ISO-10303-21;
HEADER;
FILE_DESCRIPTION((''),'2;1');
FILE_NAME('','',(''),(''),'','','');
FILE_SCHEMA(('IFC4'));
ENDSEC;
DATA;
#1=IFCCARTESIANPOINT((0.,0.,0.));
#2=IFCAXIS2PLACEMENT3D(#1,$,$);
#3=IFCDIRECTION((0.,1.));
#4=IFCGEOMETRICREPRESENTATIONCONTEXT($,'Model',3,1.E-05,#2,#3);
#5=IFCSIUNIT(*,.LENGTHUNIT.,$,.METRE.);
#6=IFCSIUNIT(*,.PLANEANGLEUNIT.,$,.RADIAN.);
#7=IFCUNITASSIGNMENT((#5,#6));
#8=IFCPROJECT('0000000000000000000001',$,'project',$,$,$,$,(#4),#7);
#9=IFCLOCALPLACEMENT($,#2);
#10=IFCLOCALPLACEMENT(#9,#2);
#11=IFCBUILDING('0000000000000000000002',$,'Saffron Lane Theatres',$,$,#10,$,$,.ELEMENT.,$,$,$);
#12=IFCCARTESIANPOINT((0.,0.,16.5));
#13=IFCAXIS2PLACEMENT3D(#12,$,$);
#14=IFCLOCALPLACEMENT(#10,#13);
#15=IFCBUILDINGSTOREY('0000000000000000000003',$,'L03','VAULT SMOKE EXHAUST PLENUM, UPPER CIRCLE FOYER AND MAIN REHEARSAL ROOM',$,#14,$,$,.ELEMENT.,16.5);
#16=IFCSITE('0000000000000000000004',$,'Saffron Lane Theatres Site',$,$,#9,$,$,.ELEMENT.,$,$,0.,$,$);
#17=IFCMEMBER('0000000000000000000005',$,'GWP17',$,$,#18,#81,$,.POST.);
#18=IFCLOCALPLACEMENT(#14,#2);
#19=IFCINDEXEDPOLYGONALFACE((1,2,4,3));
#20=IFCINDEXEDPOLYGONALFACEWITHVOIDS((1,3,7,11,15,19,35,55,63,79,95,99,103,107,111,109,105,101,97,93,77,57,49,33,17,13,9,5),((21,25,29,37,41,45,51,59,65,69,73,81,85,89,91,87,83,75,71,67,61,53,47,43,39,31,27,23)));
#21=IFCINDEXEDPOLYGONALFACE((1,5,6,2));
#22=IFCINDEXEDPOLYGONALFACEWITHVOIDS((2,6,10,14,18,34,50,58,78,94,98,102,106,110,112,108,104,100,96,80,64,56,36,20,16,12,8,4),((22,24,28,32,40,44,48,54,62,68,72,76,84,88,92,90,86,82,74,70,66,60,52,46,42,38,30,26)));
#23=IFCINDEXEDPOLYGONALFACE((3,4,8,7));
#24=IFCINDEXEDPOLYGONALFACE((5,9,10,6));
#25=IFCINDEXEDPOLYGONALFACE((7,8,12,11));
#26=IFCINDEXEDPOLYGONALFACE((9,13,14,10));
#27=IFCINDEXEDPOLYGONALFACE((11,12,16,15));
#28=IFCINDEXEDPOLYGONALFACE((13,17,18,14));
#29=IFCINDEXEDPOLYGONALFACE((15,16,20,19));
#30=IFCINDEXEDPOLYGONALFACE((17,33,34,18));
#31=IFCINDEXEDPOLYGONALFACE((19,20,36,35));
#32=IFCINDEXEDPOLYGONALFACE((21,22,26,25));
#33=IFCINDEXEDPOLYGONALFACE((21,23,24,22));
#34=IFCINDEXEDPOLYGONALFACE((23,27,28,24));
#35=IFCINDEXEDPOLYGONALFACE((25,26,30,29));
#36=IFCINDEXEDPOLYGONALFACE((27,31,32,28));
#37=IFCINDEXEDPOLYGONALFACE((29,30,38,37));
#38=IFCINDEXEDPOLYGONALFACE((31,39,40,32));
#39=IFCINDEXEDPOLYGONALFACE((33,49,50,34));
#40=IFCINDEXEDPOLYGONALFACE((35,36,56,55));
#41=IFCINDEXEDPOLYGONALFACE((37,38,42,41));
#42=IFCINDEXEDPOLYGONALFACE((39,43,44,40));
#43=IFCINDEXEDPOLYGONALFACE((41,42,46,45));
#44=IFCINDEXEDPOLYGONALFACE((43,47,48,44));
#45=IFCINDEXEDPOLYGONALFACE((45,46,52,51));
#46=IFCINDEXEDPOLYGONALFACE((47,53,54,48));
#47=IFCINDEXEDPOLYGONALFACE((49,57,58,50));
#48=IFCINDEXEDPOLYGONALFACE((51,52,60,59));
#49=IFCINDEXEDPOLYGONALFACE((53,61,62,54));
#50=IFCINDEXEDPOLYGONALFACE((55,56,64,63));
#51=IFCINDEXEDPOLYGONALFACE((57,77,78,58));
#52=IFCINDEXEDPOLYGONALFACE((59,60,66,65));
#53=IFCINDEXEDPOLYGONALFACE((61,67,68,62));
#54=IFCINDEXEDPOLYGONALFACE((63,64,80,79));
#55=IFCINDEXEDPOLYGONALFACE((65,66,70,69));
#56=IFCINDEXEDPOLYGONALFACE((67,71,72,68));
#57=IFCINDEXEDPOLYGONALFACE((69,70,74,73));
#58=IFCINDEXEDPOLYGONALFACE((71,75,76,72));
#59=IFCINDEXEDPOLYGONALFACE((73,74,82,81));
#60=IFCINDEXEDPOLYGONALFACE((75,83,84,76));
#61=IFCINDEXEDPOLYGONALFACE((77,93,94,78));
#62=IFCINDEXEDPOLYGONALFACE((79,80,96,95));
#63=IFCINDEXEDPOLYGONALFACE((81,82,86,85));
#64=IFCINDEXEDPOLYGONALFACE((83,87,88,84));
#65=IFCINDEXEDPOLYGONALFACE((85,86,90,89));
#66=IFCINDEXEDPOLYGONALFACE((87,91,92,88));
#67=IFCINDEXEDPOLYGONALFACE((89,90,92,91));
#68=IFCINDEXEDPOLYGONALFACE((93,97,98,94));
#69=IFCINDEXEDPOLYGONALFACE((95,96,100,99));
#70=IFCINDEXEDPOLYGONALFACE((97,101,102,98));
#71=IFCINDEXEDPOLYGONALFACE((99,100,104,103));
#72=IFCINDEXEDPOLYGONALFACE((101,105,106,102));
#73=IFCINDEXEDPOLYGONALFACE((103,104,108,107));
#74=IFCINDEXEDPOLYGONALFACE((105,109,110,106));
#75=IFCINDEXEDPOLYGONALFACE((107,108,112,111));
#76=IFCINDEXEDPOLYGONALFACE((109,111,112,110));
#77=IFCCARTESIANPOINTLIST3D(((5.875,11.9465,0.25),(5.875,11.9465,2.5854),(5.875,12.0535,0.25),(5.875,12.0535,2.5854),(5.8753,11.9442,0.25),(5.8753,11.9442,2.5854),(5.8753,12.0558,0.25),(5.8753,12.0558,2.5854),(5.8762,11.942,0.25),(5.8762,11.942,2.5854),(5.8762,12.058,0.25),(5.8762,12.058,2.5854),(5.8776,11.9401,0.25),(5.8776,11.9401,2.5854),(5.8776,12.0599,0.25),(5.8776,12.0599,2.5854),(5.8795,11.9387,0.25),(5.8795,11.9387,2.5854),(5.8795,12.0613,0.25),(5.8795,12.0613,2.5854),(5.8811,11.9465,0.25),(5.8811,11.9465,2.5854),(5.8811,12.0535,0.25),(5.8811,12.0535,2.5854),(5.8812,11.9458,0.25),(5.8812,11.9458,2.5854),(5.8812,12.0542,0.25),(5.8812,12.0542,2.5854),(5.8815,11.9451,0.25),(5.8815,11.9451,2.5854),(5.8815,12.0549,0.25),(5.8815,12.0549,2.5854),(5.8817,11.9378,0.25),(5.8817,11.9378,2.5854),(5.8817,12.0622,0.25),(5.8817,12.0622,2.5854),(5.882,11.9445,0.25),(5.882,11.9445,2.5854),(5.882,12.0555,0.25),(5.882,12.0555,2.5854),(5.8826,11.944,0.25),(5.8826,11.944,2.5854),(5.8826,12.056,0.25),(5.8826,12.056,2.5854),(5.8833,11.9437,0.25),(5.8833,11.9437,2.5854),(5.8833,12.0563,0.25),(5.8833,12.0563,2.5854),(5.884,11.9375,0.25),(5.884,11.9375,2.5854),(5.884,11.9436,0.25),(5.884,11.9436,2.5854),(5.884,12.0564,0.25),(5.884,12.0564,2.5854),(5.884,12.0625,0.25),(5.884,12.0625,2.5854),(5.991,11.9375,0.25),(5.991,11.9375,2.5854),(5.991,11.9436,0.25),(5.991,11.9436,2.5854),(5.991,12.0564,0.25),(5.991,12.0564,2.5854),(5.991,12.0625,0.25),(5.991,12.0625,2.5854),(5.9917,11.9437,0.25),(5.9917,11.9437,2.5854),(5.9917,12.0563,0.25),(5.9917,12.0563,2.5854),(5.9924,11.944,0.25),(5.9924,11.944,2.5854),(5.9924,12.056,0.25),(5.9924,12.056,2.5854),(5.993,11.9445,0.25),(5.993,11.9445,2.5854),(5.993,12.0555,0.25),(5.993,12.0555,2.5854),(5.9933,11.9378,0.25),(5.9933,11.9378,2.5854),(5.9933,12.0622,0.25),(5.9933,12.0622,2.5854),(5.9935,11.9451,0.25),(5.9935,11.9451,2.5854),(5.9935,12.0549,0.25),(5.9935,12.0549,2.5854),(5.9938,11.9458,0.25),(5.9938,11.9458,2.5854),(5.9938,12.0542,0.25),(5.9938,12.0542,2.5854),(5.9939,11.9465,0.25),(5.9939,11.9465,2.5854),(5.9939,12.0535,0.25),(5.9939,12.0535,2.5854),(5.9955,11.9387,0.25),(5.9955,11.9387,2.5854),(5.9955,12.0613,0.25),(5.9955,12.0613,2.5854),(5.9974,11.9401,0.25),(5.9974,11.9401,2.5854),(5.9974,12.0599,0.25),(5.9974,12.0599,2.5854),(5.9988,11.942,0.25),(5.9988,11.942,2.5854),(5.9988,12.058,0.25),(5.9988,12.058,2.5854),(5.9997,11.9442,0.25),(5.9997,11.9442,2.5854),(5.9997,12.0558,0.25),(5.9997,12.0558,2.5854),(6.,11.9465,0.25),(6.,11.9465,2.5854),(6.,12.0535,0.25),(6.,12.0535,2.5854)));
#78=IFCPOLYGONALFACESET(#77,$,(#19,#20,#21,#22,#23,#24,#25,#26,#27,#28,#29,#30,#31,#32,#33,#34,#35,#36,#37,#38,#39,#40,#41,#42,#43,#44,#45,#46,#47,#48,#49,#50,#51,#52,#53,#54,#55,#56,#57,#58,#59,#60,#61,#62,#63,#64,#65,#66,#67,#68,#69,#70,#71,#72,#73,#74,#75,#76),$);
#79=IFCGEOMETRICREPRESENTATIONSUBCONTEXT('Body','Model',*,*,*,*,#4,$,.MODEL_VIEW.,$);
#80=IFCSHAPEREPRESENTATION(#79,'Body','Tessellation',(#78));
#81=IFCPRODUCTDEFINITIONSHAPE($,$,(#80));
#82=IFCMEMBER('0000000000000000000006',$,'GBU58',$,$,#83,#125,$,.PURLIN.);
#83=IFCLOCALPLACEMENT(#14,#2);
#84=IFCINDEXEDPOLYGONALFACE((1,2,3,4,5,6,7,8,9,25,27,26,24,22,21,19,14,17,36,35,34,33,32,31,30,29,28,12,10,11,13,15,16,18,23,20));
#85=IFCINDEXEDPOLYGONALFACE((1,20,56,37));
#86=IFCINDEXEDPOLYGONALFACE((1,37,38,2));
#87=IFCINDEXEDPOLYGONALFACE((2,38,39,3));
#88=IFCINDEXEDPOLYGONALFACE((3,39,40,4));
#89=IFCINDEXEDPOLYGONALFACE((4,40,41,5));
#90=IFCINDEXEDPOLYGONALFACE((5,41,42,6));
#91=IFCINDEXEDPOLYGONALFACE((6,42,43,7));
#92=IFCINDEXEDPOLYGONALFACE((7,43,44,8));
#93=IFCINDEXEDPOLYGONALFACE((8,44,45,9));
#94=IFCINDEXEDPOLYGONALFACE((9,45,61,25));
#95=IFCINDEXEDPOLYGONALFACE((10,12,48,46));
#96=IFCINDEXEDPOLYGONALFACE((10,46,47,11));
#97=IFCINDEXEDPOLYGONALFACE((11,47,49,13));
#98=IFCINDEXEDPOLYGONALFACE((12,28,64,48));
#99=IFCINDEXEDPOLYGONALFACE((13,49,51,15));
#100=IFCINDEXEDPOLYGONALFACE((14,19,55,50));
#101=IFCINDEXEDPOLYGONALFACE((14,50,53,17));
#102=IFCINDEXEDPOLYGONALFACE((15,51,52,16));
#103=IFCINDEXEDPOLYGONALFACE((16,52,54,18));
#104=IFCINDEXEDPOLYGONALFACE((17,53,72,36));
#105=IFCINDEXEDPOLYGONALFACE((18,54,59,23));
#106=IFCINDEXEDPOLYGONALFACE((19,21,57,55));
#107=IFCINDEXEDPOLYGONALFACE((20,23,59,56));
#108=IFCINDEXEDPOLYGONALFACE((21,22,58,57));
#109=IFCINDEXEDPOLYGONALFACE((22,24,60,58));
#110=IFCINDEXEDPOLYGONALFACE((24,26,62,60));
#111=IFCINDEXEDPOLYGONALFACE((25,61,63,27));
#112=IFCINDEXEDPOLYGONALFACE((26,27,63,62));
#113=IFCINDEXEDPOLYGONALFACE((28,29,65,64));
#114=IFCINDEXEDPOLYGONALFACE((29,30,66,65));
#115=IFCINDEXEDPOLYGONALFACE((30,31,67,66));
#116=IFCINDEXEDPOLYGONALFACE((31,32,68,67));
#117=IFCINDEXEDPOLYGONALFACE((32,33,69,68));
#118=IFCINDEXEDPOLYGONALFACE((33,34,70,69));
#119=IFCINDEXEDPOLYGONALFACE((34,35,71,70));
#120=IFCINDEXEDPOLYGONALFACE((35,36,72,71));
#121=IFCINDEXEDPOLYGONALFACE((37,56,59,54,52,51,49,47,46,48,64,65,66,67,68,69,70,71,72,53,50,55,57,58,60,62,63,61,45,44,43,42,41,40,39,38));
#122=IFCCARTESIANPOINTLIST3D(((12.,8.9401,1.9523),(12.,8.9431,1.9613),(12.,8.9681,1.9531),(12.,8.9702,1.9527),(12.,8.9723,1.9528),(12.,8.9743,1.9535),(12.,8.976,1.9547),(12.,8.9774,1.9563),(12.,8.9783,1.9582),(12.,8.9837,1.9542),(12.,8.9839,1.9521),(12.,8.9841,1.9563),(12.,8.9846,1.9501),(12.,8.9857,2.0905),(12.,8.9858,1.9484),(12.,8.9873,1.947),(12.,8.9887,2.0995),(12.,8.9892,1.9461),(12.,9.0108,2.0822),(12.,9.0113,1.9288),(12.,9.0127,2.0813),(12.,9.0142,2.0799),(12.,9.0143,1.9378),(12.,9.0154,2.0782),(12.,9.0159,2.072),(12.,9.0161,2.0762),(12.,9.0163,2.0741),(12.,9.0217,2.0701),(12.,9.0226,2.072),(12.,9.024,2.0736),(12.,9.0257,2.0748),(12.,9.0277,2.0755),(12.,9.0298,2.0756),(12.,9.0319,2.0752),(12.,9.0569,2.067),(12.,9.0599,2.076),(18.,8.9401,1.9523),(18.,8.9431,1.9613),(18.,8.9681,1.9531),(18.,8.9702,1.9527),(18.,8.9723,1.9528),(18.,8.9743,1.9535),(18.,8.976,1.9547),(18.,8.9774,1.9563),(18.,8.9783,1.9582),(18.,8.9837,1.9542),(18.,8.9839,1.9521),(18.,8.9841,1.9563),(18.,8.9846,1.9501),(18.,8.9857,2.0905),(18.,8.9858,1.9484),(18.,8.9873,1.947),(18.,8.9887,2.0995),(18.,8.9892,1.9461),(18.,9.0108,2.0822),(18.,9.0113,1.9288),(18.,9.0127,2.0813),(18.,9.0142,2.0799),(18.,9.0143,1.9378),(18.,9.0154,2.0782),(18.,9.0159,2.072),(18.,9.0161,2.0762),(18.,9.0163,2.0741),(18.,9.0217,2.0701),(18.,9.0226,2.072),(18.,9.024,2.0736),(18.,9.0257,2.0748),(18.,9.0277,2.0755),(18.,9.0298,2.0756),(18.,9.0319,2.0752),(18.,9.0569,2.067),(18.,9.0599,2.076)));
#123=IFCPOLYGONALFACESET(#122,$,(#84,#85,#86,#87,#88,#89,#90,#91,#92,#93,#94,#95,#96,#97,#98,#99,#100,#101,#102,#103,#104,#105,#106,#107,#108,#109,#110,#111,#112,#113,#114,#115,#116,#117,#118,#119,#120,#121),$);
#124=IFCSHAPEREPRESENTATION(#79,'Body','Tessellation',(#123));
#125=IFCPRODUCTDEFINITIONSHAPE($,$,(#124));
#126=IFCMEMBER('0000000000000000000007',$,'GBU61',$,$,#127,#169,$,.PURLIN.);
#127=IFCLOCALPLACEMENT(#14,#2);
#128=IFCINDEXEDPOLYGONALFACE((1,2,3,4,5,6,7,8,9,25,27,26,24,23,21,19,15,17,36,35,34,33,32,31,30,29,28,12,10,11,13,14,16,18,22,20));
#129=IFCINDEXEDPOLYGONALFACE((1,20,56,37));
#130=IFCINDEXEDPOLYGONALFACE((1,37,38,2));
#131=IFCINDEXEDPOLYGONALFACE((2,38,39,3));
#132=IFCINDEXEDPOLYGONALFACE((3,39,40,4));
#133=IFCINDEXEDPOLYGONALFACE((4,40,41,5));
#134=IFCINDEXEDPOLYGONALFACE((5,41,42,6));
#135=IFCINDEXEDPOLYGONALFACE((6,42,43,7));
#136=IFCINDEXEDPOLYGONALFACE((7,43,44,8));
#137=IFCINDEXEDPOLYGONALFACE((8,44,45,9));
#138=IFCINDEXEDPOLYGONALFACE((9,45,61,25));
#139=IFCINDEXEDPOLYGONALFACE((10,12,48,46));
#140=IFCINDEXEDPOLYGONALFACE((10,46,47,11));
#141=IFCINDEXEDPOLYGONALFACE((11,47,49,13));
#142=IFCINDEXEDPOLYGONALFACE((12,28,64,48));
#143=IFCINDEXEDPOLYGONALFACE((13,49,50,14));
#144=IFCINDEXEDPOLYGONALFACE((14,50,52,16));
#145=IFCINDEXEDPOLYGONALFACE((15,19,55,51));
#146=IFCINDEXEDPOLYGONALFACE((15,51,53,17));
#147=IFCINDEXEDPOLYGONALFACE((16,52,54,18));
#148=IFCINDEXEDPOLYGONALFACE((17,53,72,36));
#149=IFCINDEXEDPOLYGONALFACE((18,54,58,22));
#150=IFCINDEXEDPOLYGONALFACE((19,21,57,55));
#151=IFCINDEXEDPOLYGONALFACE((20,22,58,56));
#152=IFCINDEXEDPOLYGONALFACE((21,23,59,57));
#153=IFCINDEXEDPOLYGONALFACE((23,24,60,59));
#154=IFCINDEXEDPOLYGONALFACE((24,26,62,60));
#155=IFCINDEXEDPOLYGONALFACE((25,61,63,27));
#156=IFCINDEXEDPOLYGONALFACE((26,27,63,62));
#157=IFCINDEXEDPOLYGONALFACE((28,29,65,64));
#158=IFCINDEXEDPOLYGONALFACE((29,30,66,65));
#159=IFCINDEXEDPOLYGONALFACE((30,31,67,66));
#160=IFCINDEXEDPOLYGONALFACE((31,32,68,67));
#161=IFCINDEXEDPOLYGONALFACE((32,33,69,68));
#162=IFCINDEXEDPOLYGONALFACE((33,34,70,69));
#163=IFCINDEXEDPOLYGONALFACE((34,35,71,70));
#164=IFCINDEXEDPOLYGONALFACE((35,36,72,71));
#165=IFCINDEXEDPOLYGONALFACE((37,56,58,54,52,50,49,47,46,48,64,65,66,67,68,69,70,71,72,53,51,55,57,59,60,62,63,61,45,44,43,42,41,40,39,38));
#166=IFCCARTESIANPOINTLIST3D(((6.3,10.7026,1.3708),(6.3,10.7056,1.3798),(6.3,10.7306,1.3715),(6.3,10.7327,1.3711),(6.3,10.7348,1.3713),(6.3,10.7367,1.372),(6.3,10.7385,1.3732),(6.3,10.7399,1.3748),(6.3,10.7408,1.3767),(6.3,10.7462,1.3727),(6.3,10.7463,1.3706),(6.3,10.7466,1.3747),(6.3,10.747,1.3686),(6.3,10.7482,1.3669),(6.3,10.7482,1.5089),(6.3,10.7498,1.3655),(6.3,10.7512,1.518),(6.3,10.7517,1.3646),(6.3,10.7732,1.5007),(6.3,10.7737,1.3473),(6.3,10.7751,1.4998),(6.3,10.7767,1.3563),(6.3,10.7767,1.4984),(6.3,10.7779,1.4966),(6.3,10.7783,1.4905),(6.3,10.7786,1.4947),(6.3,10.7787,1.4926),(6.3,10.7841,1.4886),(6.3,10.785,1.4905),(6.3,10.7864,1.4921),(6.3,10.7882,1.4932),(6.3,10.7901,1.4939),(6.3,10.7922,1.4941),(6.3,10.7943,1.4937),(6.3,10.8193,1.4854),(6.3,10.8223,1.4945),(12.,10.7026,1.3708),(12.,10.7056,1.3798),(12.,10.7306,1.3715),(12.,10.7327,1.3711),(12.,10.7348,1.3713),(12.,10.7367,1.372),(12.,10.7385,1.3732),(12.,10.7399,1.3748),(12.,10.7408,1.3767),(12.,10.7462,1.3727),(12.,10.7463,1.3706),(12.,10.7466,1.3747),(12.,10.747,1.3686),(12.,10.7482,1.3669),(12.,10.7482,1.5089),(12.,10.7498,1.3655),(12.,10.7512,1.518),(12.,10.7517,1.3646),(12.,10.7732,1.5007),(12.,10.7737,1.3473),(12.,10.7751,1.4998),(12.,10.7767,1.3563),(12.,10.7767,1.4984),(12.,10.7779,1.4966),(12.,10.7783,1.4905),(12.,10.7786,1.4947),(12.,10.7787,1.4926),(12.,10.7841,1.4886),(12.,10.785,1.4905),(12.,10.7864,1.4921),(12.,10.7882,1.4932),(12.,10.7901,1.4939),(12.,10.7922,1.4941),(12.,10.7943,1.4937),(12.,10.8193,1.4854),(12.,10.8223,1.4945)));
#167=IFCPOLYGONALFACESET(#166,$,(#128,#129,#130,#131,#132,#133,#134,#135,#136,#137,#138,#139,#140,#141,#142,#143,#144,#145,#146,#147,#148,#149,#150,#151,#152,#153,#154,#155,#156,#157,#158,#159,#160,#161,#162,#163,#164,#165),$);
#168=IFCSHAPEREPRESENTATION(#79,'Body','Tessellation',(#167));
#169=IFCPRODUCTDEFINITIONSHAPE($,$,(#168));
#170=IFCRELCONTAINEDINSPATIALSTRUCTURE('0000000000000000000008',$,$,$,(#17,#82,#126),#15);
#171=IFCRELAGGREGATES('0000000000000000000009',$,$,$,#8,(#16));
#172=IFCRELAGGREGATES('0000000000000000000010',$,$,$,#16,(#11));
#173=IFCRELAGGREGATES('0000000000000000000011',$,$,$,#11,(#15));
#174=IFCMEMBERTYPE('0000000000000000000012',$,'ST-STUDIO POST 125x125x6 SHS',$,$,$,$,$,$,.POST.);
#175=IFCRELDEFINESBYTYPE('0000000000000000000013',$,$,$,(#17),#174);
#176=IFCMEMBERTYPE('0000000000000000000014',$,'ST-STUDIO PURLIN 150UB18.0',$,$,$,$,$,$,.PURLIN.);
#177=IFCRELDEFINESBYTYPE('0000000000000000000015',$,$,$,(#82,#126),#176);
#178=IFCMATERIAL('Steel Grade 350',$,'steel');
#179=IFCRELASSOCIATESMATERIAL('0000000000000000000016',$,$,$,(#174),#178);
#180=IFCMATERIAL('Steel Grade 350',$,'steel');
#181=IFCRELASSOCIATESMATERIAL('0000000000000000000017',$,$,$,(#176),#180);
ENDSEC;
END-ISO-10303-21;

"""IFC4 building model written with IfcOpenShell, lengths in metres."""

from ifc_helpers import new_model, si_unit, direction, frame, origin, origin_2d, place, context, subcontext, project, spatial, hollow_rectangle, i_section, extrude, material, material_profile, profile_set, type_object, element, save


model = new_model("IFC4")

# Units and contexts
model_context = context("Model", 3, precision=1e-05, world=origin(), true_north=direction((0.0, 1.0)))
body_context = subcontext(model_context, "Body", "Model", "MODEL_VIEW")
ifc_project = project(units=[si_unit("LENGTHUNIT", "METRE"), si_unit("PLANEANGLEUNIT", "RADIAN")], contexts=[model_context])

# Site, building, storey
site_placement = place(None, origin())
site = spatial("IfcSite", under=ifc_project, at=site_placement, Name="Saffron Lane Theatres Site", CompositionType="ELEMENT", RefElevation=0.0)
building_placement = place(site_placement, origin())
building = spatial("IfcBuilding", under=site, at=building_placement, Name="Saffron Lane Theatres", CompositionType="ELEMENT")
storey_placement = place(building_placement, frame((0.0, 0.0, 16.5)))
storey = spatial("IfcBuildingStorey", under=building, at=storey_placement, Name="L03", Description="VAULT SMOKE EXHAUST PLENUM, UPPER CIRCLE FOYER AND MAIN REHEARSAL ROOM", CompositionType="ELEMENT", Elevation=16.5)

# Members
ifc_material_1 = material(Name="Steel Grade 350", Category="steel")
ifc_material_profile_1 = material_profile(ifc_material_1, hollow_rectangle(XDim=0.125, YDim=0.125, WallThickness=0.0061, InnerFilletRadius=0.0029, OuterFilletRadius=0.009, at=origin_2d()))
ifc_profile_set_1 = profile_set([ifc_material_profile_1], Name="Steel Grade 350")
member_type_1 = type_object("IfcMemberType", Name="ST-STUDIO POST 125x125x6 SHS", PredefinedType="POST", material=ifc_profile_set_1)
member_1_placement = place(storey_placement, frame((5.9375, 12.0, 0.25), z_axis=(0.0, 0.0, 1.0), x_axis=(1.0, 0.0, 0.0)))
element("IfcMember", 1, at=member_1_placement, inside=storey, type_object=member_type_1, Name="GWP17", PredefinedType="POST", context=body_context, shape_type="SweptSolid", body=[
    extrude(hollow_rectangle(XDim=0.125, YDim=0.125, WallThickness=0.0061, InnerFilletRadius=0.0029, OuterFilletRadius=0.009, at=origin_2d()), origin(), (0.0, 0.0, 1.0), 2.3354),
])
ifc_material_2 = material(Name="Steel Grade 350", Category="steel")
ifc_material_profile_2 = material_profile(ifc_material_2, i_section(OverallWidth=0.075, OverallDepth=0.155, WebThickness=0.0061, FlangeThickness=0.0095, FilletRadius=0.0081, at=origin_2d()))
ifc_profile_set_2 = profile_set([ifc_material_profile_2], Name="Steel Grade 350")
member_type_2 = type_object("IfcMemberType", Name="ST-STUDIO PURLIN 150UB18.0", PredefinedType="PURLIN", material=ifc_profile_set_2)
member_2_placement = place(storey_placement, frame((12.0, 9.0, 2.0142), z_axis=(1.0, 0.0, 0.0), x_axis=(0.0, 0.949629, -0.313377)))
element("IfcMember", 2, at=member_2_placement, inside=storey, type_object=member_type_2, Name="GBU58", PredefinedType="PURLIN", context=body_context, shape_type="SweptSolid", body=[
    extrude(i_section(OverallWidth=0.075, OverallDepth=0.155, WebThickness=0.0061, FlangeThickness=0.0095, FilletRadius=0.0081, at=origin_2d()), origin(), (0.0, 0.0, 1.0), 6.0),
])
member_3_placement = place(storey_placement, frame((6.3, 10.7625, 1.4326), z_axis=(1.0, 0.0, 0.0), x_axis=(0.0, 0.949629, -0.313377)))
element("IfcMember", 3, at=member_3_placement, inside=storey, type_object=member_type_2, Name="GBU61", PredefinedType="PURLIN", context=body_context, shape_type="SweptSolid", body=[
    extrude(i_section(OverallWidth=0.075, OverallDepth=0.155, WebThickness=0.0061, FlangeThickness=0.0095, FilletRadius=0.0081, at=origin_2d()), origin(), (0.0, 0.0, 1.0), 5.7),
])

save(model, "model.ifc")
